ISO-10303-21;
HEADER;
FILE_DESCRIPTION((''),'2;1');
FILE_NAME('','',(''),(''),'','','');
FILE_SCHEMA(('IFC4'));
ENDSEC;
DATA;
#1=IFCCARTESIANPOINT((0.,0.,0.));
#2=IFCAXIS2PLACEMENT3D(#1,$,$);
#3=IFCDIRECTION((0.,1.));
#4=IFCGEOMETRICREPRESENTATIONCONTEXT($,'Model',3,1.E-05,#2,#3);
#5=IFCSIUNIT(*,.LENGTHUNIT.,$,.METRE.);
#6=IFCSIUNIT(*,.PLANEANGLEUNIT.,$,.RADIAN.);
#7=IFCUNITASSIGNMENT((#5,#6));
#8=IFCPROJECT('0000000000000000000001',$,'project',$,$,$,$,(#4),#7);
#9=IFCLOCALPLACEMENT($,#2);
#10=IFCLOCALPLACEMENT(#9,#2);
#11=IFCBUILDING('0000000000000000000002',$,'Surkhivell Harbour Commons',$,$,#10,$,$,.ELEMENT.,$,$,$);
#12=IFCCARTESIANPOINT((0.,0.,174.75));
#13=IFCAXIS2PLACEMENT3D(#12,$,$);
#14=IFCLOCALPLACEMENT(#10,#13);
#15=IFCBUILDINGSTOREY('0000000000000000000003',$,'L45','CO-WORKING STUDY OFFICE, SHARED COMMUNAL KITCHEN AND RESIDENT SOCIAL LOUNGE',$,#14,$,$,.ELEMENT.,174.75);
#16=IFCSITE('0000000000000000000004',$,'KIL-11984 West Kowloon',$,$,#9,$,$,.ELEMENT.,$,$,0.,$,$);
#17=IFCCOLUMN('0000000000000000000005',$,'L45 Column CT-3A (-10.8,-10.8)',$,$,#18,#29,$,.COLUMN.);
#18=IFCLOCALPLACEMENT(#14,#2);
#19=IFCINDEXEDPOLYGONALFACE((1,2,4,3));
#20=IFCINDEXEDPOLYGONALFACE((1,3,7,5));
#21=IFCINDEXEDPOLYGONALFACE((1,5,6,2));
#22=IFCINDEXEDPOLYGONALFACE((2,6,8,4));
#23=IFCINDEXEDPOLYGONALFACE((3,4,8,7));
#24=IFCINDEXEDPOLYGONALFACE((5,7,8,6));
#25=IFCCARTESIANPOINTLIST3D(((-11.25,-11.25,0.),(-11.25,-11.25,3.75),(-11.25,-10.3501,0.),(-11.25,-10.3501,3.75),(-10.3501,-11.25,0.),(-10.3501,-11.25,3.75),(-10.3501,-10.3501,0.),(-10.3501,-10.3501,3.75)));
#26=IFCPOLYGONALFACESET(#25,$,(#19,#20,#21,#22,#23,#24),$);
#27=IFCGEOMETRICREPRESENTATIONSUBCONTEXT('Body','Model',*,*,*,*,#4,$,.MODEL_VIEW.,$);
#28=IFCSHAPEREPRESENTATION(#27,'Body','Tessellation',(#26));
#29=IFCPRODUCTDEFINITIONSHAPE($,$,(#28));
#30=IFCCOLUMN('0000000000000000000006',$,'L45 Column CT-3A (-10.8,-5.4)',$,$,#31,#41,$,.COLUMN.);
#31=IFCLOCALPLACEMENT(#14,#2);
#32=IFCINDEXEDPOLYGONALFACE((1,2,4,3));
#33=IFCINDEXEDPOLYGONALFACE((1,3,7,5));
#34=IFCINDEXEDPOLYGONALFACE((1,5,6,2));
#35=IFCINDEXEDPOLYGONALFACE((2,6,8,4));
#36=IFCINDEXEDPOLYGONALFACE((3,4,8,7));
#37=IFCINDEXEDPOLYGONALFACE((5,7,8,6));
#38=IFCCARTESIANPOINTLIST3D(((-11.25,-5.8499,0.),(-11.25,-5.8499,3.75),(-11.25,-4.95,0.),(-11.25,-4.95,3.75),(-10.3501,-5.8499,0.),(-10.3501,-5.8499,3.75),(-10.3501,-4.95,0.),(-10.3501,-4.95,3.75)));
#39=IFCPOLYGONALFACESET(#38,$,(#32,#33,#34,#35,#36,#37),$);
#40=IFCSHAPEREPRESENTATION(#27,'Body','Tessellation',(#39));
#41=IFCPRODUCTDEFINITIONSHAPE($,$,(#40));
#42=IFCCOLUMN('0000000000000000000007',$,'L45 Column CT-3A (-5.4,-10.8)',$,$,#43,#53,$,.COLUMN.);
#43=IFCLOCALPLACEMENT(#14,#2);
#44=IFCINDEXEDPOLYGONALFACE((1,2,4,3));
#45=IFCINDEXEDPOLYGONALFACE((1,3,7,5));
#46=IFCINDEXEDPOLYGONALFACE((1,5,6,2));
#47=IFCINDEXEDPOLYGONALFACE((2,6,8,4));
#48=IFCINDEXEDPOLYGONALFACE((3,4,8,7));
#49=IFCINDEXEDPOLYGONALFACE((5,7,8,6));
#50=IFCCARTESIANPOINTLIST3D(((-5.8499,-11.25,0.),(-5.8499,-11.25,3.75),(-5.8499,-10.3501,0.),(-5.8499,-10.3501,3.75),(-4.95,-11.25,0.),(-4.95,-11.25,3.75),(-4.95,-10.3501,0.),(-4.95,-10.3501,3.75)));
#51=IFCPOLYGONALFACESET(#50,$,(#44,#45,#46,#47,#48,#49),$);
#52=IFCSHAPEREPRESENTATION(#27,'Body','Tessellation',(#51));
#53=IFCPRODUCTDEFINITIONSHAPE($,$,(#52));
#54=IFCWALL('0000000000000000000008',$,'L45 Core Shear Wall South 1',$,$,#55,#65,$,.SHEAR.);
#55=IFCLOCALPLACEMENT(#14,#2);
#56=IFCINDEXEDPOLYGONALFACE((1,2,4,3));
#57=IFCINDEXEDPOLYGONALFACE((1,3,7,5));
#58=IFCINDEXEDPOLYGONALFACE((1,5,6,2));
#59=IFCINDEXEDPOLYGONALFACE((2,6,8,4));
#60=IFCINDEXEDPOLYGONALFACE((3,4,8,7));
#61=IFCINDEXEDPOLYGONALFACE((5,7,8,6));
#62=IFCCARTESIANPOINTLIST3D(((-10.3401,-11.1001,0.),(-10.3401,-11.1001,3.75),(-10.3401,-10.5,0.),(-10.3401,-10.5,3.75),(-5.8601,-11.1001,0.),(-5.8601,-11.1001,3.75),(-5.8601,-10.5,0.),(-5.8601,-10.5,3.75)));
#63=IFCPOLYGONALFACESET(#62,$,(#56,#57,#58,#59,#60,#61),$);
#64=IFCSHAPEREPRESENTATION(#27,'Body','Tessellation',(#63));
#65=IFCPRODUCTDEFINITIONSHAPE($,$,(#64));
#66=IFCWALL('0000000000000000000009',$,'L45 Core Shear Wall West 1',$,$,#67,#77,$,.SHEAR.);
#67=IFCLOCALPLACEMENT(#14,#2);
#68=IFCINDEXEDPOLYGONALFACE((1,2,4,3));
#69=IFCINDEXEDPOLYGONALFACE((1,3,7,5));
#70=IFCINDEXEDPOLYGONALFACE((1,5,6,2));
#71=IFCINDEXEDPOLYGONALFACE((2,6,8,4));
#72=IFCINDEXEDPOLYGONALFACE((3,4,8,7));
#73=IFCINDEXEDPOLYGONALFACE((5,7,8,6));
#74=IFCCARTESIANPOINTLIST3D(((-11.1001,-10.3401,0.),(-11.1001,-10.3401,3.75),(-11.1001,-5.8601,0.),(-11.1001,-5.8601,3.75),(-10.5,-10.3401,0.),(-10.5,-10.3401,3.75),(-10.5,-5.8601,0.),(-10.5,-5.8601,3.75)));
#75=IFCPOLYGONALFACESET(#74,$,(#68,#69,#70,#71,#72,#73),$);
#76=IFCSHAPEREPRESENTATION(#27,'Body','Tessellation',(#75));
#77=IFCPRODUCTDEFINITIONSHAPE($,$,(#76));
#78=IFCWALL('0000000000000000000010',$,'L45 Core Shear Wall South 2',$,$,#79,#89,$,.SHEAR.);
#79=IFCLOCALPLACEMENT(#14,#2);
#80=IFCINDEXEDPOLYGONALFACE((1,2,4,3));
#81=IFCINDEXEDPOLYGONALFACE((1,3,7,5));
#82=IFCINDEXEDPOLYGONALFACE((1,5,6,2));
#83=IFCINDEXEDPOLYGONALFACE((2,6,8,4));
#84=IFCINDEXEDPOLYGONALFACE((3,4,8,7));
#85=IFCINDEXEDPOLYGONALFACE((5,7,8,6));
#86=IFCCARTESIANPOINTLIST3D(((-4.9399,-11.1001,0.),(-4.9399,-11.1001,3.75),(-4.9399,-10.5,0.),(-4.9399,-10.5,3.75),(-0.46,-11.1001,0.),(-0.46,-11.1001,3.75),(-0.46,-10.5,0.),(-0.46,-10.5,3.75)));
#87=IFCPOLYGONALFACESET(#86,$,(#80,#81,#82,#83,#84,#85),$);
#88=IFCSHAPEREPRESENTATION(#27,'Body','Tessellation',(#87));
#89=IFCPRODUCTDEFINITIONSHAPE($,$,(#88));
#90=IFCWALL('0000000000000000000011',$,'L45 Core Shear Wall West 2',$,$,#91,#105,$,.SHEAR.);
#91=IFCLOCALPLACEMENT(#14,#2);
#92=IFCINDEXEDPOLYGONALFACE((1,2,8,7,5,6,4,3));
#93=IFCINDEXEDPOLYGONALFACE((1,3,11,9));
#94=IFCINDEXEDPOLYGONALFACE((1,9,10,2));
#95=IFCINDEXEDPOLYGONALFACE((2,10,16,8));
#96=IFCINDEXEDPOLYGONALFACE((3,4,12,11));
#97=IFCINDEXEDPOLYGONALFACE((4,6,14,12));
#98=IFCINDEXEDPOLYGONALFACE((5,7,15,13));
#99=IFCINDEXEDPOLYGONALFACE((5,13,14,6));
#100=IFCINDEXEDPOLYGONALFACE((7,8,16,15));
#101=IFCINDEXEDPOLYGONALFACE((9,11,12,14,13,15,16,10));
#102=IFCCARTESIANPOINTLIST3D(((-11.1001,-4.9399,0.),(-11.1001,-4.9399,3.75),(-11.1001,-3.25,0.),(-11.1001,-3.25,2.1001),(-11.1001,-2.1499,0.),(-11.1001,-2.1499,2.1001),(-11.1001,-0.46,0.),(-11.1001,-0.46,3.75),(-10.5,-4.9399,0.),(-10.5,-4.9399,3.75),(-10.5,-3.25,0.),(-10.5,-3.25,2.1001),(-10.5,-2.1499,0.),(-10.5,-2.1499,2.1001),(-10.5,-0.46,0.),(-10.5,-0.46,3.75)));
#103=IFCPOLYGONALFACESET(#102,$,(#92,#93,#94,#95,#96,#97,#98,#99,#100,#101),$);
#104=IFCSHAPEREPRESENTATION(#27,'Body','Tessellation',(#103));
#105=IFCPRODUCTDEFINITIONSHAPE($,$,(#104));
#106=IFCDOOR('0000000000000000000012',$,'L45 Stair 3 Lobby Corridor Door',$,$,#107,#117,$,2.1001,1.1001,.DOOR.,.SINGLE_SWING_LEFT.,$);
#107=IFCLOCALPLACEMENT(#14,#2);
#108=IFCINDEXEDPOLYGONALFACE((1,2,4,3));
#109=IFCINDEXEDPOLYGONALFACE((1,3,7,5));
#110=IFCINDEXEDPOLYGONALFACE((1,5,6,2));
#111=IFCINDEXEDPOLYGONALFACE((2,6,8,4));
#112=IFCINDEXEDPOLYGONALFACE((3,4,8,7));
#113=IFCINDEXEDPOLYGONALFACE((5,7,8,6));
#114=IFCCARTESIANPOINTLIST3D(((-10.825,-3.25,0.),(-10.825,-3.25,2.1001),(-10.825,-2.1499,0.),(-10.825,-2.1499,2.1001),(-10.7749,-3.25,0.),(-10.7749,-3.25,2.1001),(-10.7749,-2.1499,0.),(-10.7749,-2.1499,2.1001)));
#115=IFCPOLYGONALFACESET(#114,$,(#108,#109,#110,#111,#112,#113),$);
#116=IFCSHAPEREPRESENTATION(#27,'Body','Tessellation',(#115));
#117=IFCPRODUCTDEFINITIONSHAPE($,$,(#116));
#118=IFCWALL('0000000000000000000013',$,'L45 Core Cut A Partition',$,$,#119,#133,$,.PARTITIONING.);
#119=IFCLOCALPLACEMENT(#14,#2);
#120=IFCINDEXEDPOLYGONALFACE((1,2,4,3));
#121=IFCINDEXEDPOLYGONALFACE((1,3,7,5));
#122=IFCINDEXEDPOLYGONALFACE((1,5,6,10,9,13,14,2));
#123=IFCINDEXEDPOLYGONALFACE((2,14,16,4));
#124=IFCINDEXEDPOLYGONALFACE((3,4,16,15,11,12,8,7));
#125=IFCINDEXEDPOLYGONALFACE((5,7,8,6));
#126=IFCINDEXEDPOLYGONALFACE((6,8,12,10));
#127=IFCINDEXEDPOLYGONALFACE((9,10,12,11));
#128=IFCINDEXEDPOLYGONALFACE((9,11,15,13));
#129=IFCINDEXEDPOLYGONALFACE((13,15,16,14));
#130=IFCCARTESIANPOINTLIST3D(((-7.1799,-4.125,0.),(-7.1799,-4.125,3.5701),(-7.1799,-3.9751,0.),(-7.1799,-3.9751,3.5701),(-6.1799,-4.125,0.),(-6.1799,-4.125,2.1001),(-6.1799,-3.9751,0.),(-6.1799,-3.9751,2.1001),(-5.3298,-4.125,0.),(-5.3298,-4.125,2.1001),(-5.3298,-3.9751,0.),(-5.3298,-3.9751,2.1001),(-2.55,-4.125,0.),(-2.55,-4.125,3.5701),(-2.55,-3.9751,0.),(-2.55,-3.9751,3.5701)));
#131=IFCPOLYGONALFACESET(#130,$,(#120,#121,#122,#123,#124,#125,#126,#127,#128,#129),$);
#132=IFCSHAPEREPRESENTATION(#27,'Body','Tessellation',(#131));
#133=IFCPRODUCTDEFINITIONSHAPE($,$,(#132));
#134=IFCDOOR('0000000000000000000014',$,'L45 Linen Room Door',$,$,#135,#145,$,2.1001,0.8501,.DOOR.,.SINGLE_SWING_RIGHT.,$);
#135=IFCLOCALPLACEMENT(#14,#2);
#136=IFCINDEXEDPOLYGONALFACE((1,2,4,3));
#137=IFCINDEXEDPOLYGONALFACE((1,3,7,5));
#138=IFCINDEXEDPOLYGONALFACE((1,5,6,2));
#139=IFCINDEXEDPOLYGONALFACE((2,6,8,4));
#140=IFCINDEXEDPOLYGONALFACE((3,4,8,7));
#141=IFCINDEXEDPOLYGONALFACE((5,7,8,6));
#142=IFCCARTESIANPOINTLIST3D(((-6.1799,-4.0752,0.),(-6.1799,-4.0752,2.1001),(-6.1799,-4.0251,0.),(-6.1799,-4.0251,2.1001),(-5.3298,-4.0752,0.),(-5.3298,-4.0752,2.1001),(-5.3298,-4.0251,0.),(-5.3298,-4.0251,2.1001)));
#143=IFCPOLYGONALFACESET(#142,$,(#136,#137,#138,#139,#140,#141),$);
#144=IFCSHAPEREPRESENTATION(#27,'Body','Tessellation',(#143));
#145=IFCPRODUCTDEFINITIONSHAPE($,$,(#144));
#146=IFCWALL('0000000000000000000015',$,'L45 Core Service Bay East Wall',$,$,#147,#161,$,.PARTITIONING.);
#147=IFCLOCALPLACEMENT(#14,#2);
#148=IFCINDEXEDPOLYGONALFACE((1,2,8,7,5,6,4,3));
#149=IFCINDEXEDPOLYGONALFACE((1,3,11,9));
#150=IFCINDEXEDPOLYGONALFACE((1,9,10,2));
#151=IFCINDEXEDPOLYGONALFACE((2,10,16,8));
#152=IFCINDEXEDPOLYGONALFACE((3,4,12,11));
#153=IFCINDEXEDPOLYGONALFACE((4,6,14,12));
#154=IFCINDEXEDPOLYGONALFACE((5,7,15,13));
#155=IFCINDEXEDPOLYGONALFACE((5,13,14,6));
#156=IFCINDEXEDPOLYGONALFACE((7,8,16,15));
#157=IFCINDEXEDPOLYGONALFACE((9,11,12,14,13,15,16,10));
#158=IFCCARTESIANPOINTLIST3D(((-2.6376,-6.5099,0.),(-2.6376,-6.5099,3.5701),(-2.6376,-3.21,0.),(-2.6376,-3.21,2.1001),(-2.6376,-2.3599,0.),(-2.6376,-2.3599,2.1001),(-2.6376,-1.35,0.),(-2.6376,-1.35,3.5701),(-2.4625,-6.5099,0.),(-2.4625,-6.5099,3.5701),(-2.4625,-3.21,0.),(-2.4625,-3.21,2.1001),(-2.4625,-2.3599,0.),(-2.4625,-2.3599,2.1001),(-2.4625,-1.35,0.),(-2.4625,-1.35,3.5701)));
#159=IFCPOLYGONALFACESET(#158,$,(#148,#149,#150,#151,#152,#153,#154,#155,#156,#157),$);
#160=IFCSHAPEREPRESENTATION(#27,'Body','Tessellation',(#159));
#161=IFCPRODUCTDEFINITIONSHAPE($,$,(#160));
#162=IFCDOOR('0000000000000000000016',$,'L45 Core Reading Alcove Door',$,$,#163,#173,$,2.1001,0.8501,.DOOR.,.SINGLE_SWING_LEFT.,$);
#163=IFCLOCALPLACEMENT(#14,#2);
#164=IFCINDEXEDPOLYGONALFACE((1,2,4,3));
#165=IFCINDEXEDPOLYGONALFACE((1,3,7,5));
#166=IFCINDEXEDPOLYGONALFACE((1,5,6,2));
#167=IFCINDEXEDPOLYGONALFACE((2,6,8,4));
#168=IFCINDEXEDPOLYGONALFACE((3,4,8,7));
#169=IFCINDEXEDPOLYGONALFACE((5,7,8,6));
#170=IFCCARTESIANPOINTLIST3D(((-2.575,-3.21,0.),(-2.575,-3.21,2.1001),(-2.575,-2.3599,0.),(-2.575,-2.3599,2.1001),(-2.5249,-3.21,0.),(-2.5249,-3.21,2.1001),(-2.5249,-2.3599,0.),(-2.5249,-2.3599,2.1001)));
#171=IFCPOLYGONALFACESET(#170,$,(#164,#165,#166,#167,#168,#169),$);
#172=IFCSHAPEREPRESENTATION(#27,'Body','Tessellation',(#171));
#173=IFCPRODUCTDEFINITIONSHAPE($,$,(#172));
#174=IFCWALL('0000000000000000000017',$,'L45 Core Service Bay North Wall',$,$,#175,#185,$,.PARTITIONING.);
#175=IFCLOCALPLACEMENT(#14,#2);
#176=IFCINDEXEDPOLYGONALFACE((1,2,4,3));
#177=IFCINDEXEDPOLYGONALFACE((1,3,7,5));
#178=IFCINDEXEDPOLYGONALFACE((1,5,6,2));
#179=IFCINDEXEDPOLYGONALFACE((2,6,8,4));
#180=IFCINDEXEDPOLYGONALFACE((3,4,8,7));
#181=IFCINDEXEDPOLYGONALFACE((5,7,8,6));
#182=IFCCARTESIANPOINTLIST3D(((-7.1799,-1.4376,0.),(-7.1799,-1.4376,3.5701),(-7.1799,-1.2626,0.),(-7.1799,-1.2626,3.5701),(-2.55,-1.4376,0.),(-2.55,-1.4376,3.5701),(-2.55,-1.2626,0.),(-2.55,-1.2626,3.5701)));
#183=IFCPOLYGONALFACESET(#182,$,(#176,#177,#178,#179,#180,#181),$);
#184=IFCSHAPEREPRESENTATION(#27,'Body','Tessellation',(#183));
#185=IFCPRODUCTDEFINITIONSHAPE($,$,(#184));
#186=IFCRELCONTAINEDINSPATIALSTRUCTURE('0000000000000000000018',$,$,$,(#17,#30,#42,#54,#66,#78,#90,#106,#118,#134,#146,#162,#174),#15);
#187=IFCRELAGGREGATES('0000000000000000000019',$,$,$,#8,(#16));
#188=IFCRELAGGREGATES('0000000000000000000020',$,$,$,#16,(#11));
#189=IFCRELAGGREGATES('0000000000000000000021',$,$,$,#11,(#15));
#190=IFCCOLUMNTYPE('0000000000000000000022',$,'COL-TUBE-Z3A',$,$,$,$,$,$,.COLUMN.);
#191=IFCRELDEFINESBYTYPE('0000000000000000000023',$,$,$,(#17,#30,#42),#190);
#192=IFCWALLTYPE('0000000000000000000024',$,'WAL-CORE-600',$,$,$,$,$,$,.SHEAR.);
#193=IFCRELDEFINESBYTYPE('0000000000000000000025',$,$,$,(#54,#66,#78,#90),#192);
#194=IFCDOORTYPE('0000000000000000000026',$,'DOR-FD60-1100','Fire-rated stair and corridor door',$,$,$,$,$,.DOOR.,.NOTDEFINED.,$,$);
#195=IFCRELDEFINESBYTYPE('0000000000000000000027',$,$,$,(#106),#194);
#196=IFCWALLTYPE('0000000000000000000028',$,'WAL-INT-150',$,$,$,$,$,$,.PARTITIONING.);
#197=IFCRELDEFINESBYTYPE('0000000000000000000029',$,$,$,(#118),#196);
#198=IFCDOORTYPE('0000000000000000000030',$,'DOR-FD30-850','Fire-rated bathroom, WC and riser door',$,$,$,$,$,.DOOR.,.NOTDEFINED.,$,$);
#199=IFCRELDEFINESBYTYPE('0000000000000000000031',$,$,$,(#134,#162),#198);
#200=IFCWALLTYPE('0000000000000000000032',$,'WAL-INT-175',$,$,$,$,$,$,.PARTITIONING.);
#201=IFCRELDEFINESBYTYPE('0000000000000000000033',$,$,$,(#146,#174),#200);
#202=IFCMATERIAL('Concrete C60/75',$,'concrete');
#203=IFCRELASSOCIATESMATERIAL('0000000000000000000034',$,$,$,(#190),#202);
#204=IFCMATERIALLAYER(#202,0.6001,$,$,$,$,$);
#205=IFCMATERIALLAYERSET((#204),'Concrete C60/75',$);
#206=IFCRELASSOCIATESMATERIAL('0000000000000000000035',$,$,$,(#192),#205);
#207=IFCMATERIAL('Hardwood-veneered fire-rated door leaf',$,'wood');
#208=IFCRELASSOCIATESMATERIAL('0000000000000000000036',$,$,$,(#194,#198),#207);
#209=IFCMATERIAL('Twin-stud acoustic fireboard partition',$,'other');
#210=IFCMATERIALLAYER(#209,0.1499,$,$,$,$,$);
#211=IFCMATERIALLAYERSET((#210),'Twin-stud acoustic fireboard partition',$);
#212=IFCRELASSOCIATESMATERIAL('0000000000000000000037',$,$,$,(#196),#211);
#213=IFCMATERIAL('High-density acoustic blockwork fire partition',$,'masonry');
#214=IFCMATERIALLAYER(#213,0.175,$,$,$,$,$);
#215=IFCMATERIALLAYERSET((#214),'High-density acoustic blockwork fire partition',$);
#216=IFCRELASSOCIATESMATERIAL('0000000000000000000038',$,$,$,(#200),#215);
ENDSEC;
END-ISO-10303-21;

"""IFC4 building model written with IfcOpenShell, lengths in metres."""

from ifc_helpers import new_model, si_unit, direction, frame, frame_2d, origin, origin_2d, place, context, subcontext, project, spatial, rectangle, extrude, material, layer, layer_set, material_profile, profile_set, type_object, element, fill, save


model = new_model("IFC4")

# Units and contexts
model_context = context("Model", 3, precision=1e-05, world=origin(), true_north=direction((0.0, 1.0)))
body_context = subcontext(model_context, "Body", "Model", "MODEL_VIEW")
ifc_project = project(units=[si_unit("LENGTHUNIT", "METRE"), si_unit("PLANEANGLEUNIT", "RADIAN")], contexts=[model_context])

# Site, building, storey
site_placement = place(None, origin())
site = spatial("IfcSite", under=ifc_project, at=site_placement, Name="KIL-11984 West Kowloon", CompositionType="ELEMENT", RefElevation=0.0)
building_placement = place(site_placement, origin())
building = spatial("IfcBuilding", under=site, at=building_placement, Name="Surkhivell Harbour Commons", CompositionType="ELEMENT")
storey_placement = place(building_placement, frame((0.0, 0.0, 174.75)))
storey = spatial("IfcBuildingStorey", under=building, at=storey_placement, Name="L45", Description="CO-WORKING STUDY OFFICE, SHARED COMMUNAL KITCHEN AND RESIDENT SOCIAL LOUNGE", CompositionType="ELEMENT", Elevation=174.75)

# Columns
ifc_material_1 = material(Name="Concrete C60/75", Category="concrete")
ifc_material_profile = material_profile(ifc_material_1, rectangle(XDim=0.8999, YDim=0.8999, at=origin_2d()), Name="RC-COL-900x900")
ifc_profile_set = profile_set([ifc_material_profile], Name="Concrete C60/75")
column_type = type_object("IfcColumnType", Name="COL-TUBE-Z3A", PredefinedType="COLUMN", material=ifc_profile_set)
for number, where, z_axis, x_axis, name in (
    (1, (-10.8, -10.8, 0.0), (0.0, 0.0, 1.0), (1.0, 0.0, 0.0), "L45 Column CT-3A (-10.8,-10.8)"),
    (2, (-10.8, -5.3999, 0.0), (0.0, 0.0, 1.0), (1.0, 0.0, 0.0), "L45 Column CT-3A (-10.8,-5.4)"),
    (3, (-5.3999, -10.8, 0.0), (0.0, 0.0, 1.0), (1.0, 0.0, 0.0), "L45 Column CT-3A (-5.4,-10.8)"),
):
    element("IfcColumn", number, at=place(storey_placement, frame(where, z_axis=z_axis, x_axis=x_axis)), inside=storey, type_object=column_type, Name=name, PredefinedType="COLUMN", context=body_context, shape_type="SweptSolid", body=[
        extrude(rectangle(XDim=0.8999, YDim=0.8999, at=origin_2d()), origin(), (0.0, 0.0, 1.0), 3.75),
    ])

# Walls
ifc_layer_1 = layer(ifc_material_1, 0.6001)
ifc_layer_set_1 = layer_set([ifc_layer_1], Name="Concrete C60/75")
wall_type_1 = type_object("IfcWallType", Name="WAL-CORE-600", PredefinedType="SHEAR", material=ifc_layer_set_1)
for number, where, z_axis, x_axis, name in (
    (4, (-10.3401, -10.8, 0.0), (0.0, 0.0, 1.0), (1.0, 0.0, 0.0), "L45 Core Shear Wall South 1"),
    (5, (-10.8, -10.3401, 0.0), (0.0, 0.0, 1.0), (0.0, 1.0, 0.0), "L45 Core Shear Wall West 1"),
    (6, (-4.9399, -10.8, 0.0), (0.0, 0.0, 1.0), (1.0, 0.0, 0.0), "L45 Core Shear Wall South 2"),
):
    element("IfcWall", number, at=place(storey_placement, frame(where, z_axis=z_axis, x_axis=x_axis)), inside=storey, type_object=wall_type_1, Name=name, PredefinedType="SHEAR", context=body_context, shape_type="SweptSolid", body=[
        extrude(rectangle(XDim=4.48, YDim=0.6001, at=frame_2d((2.24, 0.0))), origin(), (0.0, 0.0, 1.0), 3.75),
    ])

# Walls, openings, doors
wall_1_placement = place(storey_placement, frame((-10.8, -4.9399, 0.0), z_axis=(0.0, 0.0, 1.0), x_axis=(0.0, 1.0, 0.0)))
wall_1 = element("IfcWall", 7, at=wall_1_placement, inside=storey, type_object=wall_type_1, Name="L45 Core Shear Wall West 2", PredefinedType="SHEAR", context=body_context, shape_type="SweptSolid", body=[
    extrude(rectangle(XDim=4.48, YDim=0.6001, at=frame_2d((2.24, 0.0))), origin(), (0.0, 0.0, 1.0), 3.75),
])
opening_1_placement = place(wall_1_placement, frame((1.6899, 0.0, 0.0)))
opening_1 = element("IfcOpeningElement", 8, at=opening_1_placement, cuts=wall_1, PredefinedType="OPENING", context=body_context, shape_type="SweptSolid", body=[
    extrude(rectangle(XDim=1.1001, YDim=2.1001, at=frame_2d((0.55, 1.05))), frame((0.0, 0.3101, 0.0), z_axis=(0.0, -1.0, 0.0), x_axis=(1.0, 0.0, 0.0)), (0.0, 0.0, 1.0), 0.6201),
])
ifc_material_2 = material(Name="Hardwood-veneered fire-rated door leaf", Category="wood")
door_type_1 = type_object("IfcDoorType", Name="DOR-FD60-1100", Description="Fire-rated stair and corridor door", OperationType="NOTDEFINED", PredefinedType="DOOR", material=ifc_material_2)
door_1_placement = place(opening_1_placement, origin())
door_1 = element("IfcDoor", 9, at=door_1_placement, inside=storey, type_object=door_type_1, Name="L45 Stair 3 Lobby Corridor Door", OperationType="SINGLE_SWING_LEFT", OverallHeight=2.1001, OverallWidth=1.1001, PredefinedType="DOOR", context=body_context, shape_type="SweptSolid", body=[
    extrude(rectangle(XDim=1.1001, YDim=2.1001, at=frame_2d((0.55, 1.05))), frame((0.0, 0.0249, 0.0), z_axis=(0.0, -1.0, 0.0), x_axis=(1.0, 0.0, 0.0)), (0.0, 0.0, 1.0), 0.05),
])
fill(opening_1, door_1)
ifc_material_3 = material(Name="Twin-stud acoustic fireboard partition", Category="other")
ifc_layer_2 = layer(ifc_material_3, 0.1499)
ifc_layer_set_2 = layer_set([ifc_layer_2], Name="Twin-stud acoustic fireboard partition")
wall_type_2 = type_object("IfcWallType", Name="WAL-INT-150", PredefinedType="PARTITIONING", material=ifc_layer_set_2)
wall_2_placement = place(storey_placement, frame((-7.1799, -4.05, 0.0), z_axis=(0.0, 0.0, 1.0), x_axis=(1.0, 0.0, 0.0)))
wall_2 = element("IfcWall", 10, at=wall_2_placement, inside=storey, type_object=wall_type_2, Name="L45 Core Cut A Partition", PredefinedType="PARTITIONING", context=body_context, shape_type="SweptSolid", body=[
    extrude(rectangle(XDim=4.6299, YDim=0.1499, at=frame_2d((2.3149, 0.0))), origin(), (0.0, 0.0, 1.0), 3.5701),
])
opening_2_placement = place(wall_2_placement, frame((1.0, 0.0, 0.0)))
opening_2 = element("IfcOpeningElement", 11, at=opening_2_placement, cuts=wall_2, PredefinedType="OPENING", context=body_context, shape_type="SweptSolid", body=[
    extrude(rectangle(XDim=0.8501, YDim=2.1001, at=frame_2d((0.425, 1.05))), frame((0.0, 0.085, 0.0), z_axis=(0.0, -1.0, 0.0), x_axis=(1.0, 0.0, 0.0)), (0.0, 0.0, 1.0), 0.1699),
])
door_type_2 = type_object("IfcDoorType", Name="DOR-FD30-850", Description="Fire-rated bathroom, WC and riser door", OperationType="NOTDEFINED", PredefinedType="DOOR", material=ifc_material_2)
door_2_placement = place(opening_2_placement, origin())
door_2 = element("IfcDoor", 12, at=door_2_placement, inside=storey, type_object=door_type_2, Name="L45 Linen Room Door", OperationType="SINGLE_SWING_RIGHT", OverallHeight=2.1001, OverallWidth=0.8501, PredefinedType="DOOR", context=body_context, shape_type="SweptSolid", body=[
    extrude(rectangle(XDim=0.8501, YDim=2.1001, at=frame_2d((0.425, 1.05))), frame((0.0, 0.0249, 0.0), z_axis=(0.0, -1.0, 0.0), x_axis=(1.0, 0.0, 0.0)), (0.0, 0.0, 1.0), 0.05),
])
fill(opening_2, door_2)
ifc_material_4 = material(Name="High-density acoustic blockwork fire partition", Category="masonry")
ifc_layer_3 = layer(ifc_material_4, 0.175)
ifc_layer_set_3 = layer_set([ifc_layer_3], Name="High-density acoustic blockwork fire partition")
wall_type_3 = type_object("IfcWallType", Name="WAL-INT-175", PredefinedType="PARTITIONING", material=ifc_layer_set_3)
wall_3_placement = place(storey_placement, frame((-2.55, -6.51, 0.0), z_axis=(0.0, 0.0, 1.0), x_axis=(0.0, 1.0, 0.0)))
wall_3 = element("IfcWall", 13, at=wall_3_placement, inside=storey, type_object=wall_type_3, Name="L45 Core Service Bay East Wall", PredefinedType="PARTITIONING", context=body_context, shape_type="SweptSolid", body=[
    extrude(rectangle(XDim=5.1599, YDim=0.175, at=frame_2d((2.5801, 0.0))), origin(), (0.0, 0.0, 1.0), 3.5701),
])
opening_3_placement = place(wall_3_placement, frame((3.3, 0.0, 0.0)))
opening_3 = element("IfcOpeningElement", 14, at=opening_3_placement, cuts=wall_3, PredefinedType="OPENING", context=body_context, shape_type="SweptSolid", body=[
    extrude(rectangle(XDim=0.8501, YDim=2.1001, at=frame_2d((0.425, 1.05))), frame((0.0, 0.0974, 0.0), z_axis=(0.0, -1.0, 0.0), x_axis=(1.0, 0.0, 0.0)), (0.0, 0.0, 1.0), 0.1951),
])
door_3_placement = place(opening_3_placement, origin())
door_3 = element("IfcDoor", 15, at=door_3_placement, inside=storey, type_object=door_type_2, Name="L45 Core Reading Alcove Door", OperationType="SINGLE_SWING_LEFT", OverallHeight=2.1001, OverallWidth=0.8501, PredefinedType="DOOR", context=body_context, shape_type="SweptSolid", body=[
    extrude(rectangle(XDim=0.8501, YDim=2.1001, at=frame_2d((0.425, 1.05))), frame((0.0, 0.0249, 0.0), z_axis=(0.0, -1.0, 0.0), x_axis=(1.0, 0.0, 0.0)), (0.0, 0.0, 1.0), 0.05),
])
fill(opening_3, door_3)

# Wall
wall_4_placement = place(storey_placement, frame((-7.1799, -1.3501, 0.0), z_axis=(0.0, 0.0, 1.0), x_axis=(1.0, 0.0, 0.0)))
element("IfcWall", 16, at=wall_4_placement, inside=storey, type_object=wall_type_3, Name="L45 Core Service Bay North Wall", PredefinedType="PARTITIONING", context=body_context, shape_type="SweptSolid", body=[
    extrude(rectangle(XDim=4.6299, YDim=0.175, at=frame_2d((2.3149, 0.0))), origin(), (0.0, 0.0, 1.0), 3.5701),
])

save(model, "model.ifc")
